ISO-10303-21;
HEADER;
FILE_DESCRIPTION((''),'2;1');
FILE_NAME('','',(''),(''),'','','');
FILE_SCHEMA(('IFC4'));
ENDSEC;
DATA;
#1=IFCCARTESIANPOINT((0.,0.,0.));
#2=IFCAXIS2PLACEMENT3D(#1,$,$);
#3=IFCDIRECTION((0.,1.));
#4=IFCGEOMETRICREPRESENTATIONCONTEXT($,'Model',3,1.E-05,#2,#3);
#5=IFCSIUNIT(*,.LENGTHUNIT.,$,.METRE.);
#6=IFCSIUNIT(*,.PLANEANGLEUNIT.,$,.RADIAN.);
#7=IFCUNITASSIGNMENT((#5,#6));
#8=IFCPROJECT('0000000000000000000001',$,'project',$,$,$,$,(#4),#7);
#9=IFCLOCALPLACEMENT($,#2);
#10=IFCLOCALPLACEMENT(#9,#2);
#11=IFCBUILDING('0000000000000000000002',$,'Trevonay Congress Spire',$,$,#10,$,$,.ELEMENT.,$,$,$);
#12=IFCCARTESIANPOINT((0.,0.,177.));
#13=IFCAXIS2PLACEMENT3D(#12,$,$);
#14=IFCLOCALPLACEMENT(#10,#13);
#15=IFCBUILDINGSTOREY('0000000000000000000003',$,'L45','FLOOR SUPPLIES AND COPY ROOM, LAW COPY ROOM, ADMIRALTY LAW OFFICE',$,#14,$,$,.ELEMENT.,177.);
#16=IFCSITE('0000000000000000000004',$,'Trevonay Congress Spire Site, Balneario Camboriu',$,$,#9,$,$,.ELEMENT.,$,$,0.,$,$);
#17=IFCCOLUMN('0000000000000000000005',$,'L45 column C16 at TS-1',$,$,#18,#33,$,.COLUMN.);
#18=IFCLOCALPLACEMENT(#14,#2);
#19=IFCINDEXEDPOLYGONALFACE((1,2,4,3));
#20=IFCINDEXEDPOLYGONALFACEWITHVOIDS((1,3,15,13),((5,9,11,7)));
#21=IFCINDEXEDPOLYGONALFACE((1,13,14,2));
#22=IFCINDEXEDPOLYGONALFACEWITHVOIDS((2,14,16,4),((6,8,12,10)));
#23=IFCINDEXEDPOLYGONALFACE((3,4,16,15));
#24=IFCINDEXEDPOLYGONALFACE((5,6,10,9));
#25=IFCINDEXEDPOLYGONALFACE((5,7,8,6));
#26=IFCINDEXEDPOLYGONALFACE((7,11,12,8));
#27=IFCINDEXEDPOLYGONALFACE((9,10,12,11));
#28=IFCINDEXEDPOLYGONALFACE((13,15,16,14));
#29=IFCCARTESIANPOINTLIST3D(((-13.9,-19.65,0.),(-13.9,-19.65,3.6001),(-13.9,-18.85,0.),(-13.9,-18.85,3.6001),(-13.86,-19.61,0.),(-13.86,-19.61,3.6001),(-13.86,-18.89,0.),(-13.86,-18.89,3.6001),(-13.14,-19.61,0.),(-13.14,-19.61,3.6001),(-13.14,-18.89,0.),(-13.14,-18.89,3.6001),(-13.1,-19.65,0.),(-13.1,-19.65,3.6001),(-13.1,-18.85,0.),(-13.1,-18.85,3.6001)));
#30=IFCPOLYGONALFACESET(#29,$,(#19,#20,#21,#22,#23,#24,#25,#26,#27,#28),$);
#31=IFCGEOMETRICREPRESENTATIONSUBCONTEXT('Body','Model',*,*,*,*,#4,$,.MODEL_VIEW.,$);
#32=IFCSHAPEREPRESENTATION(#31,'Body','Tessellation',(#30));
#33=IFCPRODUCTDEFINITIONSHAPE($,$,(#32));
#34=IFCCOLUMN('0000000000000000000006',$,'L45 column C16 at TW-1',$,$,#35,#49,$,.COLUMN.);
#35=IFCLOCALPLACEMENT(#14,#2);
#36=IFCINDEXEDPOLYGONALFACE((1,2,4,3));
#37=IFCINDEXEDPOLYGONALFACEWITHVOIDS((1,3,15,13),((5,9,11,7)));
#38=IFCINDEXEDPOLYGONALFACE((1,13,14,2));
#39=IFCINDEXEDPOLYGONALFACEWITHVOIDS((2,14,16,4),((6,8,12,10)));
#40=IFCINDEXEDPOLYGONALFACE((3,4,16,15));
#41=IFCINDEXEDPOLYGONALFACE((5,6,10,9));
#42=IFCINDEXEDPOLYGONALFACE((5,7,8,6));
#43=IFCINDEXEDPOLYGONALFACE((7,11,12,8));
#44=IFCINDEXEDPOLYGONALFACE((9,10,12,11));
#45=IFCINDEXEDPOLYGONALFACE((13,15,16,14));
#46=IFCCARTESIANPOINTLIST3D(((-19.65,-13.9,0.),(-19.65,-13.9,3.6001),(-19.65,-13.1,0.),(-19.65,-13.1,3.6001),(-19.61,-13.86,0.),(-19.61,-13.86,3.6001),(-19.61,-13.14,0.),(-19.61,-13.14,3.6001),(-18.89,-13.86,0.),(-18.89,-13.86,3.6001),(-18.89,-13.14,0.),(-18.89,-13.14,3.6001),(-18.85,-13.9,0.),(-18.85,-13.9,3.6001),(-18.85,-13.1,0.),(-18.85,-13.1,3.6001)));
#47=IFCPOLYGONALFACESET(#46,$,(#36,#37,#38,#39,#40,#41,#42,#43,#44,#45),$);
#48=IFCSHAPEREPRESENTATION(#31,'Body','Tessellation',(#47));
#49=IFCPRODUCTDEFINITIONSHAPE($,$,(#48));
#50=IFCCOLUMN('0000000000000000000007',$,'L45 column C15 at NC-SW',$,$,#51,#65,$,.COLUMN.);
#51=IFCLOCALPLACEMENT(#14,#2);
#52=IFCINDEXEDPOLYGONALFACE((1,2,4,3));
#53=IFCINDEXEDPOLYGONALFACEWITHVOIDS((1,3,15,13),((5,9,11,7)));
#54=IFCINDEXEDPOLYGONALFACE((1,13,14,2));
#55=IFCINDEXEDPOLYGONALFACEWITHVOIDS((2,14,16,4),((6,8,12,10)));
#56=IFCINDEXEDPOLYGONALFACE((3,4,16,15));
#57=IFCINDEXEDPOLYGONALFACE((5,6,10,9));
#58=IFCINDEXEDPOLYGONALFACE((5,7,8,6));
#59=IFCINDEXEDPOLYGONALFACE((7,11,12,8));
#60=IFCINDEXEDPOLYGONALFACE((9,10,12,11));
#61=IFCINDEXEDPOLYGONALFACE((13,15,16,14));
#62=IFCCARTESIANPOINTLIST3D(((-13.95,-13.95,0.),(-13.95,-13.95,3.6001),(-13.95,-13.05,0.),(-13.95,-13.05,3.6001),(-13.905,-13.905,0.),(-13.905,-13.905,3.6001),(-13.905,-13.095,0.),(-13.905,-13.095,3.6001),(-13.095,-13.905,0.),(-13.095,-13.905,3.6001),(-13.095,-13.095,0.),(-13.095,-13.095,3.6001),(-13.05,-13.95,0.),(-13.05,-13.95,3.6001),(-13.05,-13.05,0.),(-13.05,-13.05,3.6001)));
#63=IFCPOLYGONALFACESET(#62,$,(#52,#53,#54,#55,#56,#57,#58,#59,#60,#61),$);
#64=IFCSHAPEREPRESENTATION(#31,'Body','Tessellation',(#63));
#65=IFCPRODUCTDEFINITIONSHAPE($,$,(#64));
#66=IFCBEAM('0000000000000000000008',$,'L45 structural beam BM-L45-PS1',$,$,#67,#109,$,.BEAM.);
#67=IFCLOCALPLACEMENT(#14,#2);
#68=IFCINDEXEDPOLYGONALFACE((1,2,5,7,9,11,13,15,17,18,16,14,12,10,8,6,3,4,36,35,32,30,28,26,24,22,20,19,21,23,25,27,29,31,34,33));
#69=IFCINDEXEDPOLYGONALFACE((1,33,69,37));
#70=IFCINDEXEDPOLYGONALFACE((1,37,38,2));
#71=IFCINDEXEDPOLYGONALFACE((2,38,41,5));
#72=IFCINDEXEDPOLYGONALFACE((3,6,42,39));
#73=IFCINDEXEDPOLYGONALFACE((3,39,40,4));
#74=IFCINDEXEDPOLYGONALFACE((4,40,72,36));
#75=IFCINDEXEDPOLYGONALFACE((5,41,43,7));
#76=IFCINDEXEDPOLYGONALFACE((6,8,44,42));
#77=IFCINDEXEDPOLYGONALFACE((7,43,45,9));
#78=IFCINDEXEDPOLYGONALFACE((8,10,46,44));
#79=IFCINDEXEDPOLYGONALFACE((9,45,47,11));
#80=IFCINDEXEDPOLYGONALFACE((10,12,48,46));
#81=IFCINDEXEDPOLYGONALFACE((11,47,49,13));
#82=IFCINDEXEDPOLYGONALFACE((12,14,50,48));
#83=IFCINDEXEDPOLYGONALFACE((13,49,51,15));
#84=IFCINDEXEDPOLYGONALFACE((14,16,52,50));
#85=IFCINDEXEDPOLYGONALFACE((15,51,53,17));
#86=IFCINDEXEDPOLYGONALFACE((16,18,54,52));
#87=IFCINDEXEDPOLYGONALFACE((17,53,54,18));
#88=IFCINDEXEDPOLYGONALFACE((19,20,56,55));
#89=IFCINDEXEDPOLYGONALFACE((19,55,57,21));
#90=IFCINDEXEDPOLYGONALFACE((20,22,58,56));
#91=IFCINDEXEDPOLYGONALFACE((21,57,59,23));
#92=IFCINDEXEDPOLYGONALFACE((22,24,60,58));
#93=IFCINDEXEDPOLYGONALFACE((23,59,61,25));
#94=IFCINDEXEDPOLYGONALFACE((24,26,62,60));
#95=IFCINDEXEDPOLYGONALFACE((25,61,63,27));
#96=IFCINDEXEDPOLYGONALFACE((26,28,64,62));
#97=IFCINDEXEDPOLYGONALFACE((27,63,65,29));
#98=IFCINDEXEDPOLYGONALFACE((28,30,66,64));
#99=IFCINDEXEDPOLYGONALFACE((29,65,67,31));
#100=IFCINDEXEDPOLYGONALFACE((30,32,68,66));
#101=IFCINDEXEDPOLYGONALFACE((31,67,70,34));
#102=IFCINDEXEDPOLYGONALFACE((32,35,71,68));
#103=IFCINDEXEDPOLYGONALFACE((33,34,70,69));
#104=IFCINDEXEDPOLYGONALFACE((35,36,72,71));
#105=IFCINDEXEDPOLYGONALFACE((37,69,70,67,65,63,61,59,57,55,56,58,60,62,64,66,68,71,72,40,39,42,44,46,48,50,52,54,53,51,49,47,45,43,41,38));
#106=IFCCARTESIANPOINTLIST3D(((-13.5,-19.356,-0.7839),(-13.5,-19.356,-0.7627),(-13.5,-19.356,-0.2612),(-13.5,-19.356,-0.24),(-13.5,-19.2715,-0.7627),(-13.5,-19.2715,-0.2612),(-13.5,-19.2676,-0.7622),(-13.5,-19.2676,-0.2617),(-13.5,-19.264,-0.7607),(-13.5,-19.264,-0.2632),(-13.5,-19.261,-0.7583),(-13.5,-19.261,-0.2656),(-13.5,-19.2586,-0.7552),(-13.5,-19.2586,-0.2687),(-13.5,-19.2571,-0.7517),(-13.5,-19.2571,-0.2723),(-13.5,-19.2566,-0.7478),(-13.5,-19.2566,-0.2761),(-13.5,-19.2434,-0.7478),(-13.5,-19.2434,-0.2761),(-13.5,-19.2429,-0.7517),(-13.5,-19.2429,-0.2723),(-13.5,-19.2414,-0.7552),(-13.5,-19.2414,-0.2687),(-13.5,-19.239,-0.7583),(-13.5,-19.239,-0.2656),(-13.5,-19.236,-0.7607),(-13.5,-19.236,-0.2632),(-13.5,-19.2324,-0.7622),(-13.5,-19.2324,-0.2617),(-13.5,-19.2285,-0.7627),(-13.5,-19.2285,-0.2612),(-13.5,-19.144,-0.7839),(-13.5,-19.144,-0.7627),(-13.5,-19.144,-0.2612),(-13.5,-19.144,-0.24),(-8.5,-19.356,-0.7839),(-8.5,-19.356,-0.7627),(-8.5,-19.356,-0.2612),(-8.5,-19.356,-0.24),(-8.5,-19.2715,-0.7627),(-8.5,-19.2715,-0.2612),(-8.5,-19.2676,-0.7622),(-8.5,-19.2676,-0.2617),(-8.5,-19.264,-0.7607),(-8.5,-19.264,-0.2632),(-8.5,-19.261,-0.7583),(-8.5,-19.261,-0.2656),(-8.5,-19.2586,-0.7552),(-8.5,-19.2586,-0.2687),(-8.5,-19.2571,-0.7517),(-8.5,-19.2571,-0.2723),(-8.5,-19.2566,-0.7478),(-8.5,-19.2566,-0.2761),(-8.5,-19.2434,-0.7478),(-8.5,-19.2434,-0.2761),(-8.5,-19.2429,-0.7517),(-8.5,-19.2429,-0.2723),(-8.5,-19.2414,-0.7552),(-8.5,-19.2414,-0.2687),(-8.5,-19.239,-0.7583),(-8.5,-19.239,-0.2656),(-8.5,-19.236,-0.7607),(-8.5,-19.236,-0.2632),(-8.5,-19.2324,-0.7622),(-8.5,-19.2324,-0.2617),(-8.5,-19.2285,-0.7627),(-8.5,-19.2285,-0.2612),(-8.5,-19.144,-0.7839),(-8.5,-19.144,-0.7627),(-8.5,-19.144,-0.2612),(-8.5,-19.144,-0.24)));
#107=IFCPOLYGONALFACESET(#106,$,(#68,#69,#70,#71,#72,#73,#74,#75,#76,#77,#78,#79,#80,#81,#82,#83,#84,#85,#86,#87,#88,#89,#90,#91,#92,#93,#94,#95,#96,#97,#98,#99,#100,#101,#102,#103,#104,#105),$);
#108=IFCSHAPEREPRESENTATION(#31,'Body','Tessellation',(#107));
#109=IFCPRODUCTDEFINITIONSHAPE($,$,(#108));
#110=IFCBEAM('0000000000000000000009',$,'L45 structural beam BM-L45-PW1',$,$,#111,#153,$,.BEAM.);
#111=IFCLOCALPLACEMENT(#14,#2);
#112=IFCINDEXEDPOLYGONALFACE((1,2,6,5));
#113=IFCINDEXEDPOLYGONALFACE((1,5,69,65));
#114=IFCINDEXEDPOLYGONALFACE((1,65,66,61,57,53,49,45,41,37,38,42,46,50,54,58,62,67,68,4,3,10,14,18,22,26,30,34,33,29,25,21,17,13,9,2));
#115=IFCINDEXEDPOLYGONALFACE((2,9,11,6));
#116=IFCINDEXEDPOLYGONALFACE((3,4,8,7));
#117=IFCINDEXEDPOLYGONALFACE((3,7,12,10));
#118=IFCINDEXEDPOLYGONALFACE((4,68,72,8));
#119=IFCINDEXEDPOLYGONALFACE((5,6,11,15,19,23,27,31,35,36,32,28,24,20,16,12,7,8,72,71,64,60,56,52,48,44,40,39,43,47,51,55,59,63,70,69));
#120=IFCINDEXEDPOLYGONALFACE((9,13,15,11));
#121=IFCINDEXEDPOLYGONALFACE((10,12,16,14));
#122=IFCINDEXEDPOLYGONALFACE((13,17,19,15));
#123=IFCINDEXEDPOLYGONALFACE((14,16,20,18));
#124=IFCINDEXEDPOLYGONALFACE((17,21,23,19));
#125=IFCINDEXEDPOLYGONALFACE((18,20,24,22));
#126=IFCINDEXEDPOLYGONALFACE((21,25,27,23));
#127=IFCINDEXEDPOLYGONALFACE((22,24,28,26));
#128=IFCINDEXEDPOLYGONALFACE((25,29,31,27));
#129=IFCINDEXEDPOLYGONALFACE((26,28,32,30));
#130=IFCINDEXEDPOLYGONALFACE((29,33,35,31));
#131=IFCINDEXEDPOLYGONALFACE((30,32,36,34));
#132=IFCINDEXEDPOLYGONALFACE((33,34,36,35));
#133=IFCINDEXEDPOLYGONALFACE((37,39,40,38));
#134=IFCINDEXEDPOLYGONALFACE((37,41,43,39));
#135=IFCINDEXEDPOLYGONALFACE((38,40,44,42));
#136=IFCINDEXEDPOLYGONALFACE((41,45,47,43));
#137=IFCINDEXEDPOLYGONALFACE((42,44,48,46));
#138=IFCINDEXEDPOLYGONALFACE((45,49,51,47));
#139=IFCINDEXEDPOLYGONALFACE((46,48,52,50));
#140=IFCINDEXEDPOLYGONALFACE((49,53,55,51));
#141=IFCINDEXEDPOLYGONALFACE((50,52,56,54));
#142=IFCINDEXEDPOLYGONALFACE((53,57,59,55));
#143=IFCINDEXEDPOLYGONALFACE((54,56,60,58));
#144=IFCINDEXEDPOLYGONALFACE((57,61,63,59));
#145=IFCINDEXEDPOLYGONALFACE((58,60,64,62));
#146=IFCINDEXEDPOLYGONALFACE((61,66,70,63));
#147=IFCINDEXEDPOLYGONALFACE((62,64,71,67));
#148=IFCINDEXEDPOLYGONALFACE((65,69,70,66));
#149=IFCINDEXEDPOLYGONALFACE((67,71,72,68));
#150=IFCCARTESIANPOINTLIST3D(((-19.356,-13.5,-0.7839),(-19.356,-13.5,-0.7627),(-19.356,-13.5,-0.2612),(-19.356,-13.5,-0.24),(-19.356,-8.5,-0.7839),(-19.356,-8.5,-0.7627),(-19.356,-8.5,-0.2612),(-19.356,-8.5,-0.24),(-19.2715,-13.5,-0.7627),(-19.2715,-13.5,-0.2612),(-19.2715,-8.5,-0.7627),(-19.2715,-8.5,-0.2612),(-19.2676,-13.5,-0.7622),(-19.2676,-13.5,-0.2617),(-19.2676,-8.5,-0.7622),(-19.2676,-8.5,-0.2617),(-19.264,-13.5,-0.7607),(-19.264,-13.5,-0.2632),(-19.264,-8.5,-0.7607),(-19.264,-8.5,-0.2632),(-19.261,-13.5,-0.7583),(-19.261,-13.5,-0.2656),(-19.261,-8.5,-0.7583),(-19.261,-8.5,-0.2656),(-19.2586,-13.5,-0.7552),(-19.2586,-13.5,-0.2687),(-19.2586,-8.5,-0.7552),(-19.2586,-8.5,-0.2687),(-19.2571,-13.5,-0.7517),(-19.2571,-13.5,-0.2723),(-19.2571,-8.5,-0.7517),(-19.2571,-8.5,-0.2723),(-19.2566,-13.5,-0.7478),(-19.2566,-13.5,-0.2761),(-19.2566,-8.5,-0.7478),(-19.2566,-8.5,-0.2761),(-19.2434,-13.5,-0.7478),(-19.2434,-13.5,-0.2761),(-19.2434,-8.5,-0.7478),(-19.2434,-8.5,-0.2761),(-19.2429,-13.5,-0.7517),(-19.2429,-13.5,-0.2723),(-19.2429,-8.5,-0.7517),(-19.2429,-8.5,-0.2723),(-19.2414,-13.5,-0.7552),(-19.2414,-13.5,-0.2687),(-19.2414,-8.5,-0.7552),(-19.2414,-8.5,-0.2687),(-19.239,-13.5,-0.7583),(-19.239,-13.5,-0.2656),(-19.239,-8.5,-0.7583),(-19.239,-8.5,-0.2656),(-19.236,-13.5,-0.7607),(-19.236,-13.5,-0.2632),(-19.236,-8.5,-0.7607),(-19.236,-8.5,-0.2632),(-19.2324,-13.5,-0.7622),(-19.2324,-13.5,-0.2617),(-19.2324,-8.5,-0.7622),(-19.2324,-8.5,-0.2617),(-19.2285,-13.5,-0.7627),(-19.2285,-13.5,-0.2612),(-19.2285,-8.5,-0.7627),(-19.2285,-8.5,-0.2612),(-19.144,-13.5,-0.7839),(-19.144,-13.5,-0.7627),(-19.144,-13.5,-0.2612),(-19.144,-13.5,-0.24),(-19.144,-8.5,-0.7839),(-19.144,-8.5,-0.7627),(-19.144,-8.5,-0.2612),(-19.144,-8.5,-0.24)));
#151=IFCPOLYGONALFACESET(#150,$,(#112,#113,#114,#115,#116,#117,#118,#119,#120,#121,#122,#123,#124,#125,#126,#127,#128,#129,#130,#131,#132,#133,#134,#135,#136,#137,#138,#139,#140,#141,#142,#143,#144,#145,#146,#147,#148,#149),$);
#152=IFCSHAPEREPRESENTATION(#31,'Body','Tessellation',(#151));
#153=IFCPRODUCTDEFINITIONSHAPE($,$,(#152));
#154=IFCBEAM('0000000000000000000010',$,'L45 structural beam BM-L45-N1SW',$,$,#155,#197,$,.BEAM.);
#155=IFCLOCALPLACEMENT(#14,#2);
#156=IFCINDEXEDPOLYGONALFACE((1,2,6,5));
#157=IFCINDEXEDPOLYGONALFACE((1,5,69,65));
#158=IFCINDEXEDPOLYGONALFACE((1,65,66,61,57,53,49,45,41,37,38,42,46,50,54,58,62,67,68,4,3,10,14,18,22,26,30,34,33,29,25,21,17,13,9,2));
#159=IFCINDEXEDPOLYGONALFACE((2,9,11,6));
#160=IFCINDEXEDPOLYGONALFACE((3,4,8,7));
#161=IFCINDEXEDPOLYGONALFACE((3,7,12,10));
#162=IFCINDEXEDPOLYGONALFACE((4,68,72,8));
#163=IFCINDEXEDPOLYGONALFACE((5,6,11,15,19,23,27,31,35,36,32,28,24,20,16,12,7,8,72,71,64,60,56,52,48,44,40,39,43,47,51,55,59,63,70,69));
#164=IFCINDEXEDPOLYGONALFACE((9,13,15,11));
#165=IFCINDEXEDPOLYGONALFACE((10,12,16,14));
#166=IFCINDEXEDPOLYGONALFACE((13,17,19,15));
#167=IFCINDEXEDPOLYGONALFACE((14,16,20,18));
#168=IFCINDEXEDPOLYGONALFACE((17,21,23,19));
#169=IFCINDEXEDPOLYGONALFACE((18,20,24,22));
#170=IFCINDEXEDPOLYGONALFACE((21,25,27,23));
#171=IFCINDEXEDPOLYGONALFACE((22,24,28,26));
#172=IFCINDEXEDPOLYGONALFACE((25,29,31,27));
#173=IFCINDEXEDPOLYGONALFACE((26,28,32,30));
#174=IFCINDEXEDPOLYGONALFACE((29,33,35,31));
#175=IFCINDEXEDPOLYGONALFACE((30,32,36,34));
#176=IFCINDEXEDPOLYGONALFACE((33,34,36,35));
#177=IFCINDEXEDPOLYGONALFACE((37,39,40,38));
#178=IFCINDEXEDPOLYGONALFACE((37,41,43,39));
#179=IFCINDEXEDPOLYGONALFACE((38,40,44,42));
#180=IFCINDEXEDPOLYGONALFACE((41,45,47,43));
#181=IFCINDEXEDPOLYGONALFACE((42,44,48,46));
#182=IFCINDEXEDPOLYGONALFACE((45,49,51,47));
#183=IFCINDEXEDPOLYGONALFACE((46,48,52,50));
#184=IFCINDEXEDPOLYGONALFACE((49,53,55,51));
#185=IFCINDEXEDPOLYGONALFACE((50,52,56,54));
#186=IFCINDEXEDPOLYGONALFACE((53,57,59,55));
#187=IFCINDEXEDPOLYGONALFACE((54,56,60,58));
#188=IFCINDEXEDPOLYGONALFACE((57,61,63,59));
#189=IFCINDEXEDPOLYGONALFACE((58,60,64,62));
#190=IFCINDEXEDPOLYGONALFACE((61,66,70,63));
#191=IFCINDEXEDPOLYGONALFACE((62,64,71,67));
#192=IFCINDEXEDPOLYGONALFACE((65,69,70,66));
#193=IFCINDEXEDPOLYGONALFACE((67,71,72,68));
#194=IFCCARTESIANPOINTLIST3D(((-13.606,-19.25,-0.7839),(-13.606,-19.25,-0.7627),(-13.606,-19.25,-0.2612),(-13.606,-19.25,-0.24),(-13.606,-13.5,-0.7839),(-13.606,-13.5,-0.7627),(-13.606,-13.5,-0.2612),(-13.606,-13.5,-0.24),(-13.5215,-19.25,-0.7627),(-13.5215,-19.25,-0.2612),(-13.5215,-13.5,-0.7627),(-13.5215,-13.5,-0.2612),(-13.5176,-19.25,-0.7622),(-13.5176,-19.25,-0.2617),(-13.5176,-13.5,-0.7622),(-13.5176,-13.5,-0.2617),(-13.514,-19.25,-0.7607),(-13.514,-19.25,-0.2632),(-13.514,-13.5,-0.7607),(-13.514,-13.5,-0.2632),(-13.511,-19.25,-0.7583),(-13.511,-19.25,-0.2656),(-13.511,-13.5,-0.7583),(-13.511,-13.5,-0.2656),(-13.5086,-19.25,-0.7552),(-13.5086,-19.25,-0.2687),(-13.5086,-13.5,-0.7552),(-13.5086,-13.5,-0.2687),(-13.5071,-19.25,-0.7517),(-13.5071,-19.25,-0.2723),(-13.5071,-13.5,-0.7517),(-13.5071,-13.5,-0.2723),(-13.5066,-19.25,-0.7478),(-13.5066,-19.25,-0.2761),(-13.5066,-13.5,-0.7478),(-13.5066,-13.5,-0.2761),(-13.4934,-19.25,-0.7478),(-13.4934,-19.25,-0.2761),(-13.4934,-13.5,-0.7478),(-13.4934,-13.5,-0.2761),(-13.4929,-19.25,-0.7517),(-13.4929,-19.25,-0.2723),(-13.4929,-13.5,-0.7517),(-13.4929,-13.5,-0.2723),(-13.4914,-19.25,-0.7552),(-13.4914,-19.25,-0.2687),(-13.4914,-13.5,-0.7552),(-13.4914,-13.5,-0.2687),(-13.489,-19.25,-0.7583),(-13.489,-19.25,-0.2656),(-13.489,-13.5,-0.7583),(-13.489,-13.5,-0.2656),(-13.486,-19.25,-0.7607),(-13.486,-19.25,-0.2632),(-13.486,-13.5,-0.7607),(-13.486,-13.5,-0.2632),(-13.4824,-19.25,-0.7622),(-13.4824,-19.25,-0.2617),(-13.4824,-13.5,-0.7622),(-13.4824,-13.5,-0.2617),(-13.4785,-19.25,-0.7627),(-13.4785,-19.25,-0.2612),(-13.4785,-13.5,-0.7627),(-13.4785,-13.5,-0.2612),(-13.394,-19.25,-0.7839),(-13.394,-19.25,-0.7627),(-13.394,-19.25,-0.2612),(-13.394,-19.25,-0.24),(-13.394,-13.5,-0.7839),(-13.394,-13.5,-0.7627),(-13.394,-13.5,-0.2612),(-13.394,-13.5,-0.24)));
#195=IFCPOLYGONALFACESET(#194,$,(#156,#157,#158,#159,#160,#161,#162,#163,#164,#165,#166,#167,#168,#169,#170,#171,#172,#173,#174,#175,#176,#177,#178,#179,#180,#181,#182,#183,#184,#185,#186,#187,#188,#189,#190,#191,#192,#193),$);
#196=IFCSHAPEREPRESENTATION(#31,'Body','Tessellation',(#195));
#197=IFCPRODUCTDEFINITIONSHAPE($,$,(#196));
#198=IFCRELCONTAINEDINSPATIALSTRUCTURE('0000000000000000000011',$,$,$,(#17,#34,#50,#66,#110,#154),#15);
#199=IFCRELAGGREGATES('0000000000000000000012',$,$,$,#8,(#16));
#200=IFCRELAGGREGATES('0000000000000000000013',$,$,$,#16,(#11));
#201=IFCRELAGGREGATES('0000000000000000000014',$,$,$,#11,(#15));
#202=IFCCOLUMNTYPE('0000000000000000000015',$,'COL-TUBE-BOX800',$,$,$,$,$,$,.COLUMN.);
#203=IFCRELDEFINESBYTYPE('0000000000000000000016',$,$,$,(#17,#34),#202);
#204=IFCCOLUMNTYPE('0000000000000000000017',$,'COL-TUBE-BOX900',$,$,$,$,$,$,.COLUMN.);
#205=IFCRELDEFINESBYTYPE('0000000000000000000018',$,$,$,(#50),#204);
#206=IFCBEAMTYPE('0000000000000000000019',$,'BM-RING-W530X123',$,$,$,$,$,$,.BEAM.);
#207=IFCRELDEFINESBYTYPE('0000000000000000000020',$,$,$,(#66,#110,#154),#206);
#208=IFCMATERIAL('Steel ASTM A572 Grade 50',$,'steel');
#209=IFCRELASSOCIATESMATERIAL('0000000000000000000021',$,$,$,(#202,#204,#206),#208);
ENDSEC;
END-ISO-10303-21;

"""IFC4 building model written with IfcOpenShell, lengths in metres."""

from ifc_helpers import new_model, si_unit, direction, frame, origin, origin_2d, place, context, subcontext, project, spatial, hollow_rectangle, i_section, extrude, material, material_profile, profile_set, type_object, element, save


model = new_model("IFC4")

# Units and contexts
model_context = context("Model", 3, precision=1e-05, world=origin(), true_north=direction((0.0, 1.0)))
body_context = subcontext(model_context, "Body", "Model", "MODEL_VIEW")
ifc_project = project(units=[si_unit("LENGTHUNIT", "METRE"), si_unit("PLANEANGLEUNIT", "RADIAN")], contexts=[model_context])

# Site, building, storey
site_placement = place(None, origin())
site = spatial("IfcSite", under=ifc_project, at=site_placement, Name="Trevonay Congress Spire Site, Balneario Camboriu", CompositionType="ELEMENT", RefElevation=0.0)
building_placement = place(site_placement, origin())
building = spatial("IfcBuilding", under=site, at=building_placement, Name="Trevonay Congress Spire", CompositionType="ELEMENT")
storey_placement = place(building_placement, frame((0.0, 0.0, 177.0)))
storey = spatial("IfcBuildingStorey", under=building, at=storey_placement, Name="L45", Description="FLOOR SUPPLIES AND COPY ROOM, LAW COPY ROOM, ADMIRALTY LAW OFFICE", CompositionType="ELEMENT", Elevation=177.0)

# Columns
ifc_material_1 = material(Name="Steel ASTM A572 Grade 50", Category="steel")
ifc_material_profile_1 = material_profile(ifc_material_1, hollow_rectangle(XDim=0.8, YDim=0.8, WallThickness=0.04, at=origin_2d()), Name="BOX 800x800x40")
ifc_profile_set_1 = profile_set([ifc_material_profile_1], Name="Steel ASTM A572 Grade 50")
column_type_1 = type_object("IfcColumnType", Name="COL-TUBE-BOX800", PredefinedType="COLUMN", material=ifc_profile_set_1)
for number, where, z_axis, x_axis, name in (
    (1, (-13.5, -19.25, 0.0), (0.0, 0.0, 1.0), (1.0, 0.0, 0.0), "L45 column C16 at TS-1"),
    (2, (-19.25, -13.5, 0.0), (0.0, 0.0, 1.0), (1.0, 0.0, 0.0), "L45 column C16 at TW-1"),
):
    element("IfcColumn", number, at=place(storey_placement, frame(where, z_axis=z_axis, x_axis=x_axis)), inside=storey, type_object=column_type_1, Name=name, PredefinedType="COLUMN", context=body_context, shape_type="SweptSolid", body=[
        extrude(hollow_rectangle(XDim=0.8, YDim=0.8, WallThickness=0.04, at=origin_2d()), origin(), (0.0, 0.0, 1.0), 3.6001),
    ])
ifc_material_profile_2 = material_profile(ifc_material_1, hollow_rectangle(XDim=0.8999, YDim=0.8999, WallThickness=0.0449, at=origin_2d()), Name="BOX 900x900x45")
ifc_profile_set_2 = profile_set([ifc_material_profile_2], Name="Steel ASTM A572 Grade 50")
column_type_2 = type_object("IfcColumnType", Name="COL-TUBE-BOX900", PredefinedType="COLUMN", material=ifc_profile_set_2)
column_placement = place(storey_placement, frame((-13.5, -13.5, 0.0), z_axis=(0.0, 0.0, 1.0), x_axis=(1.0, 0.0, 0.0)))
element("IfcColumn", 3, at=column_placement, inside=storey, type_object=column_type_2, Name="L45 column C15 at NC-SW", PredefinedType="COLUMN", context=body_context, shape_type="SweptSolid", body=[
    extrude(hollow_rectangle(XDim=0.8999, YDim=0.8999, WallThickness=0.0449, at=origin_2d()), origin(), (0.0, 0.0, 1.0), 3.6001),
])

# Beams
ifc_material_profile_3 = material_profile(ifc_material_1, i_section(OverallWidth=0.2119, OverallDepth=0.5439, WebThickness=0.0132, FlangeThickness=0.0212, FilletRadius=0.0149, at=origin_2d()), Name="W530x123")
ifc_profile_set_3 = profile_set([ifc_material_profile_3], Name="Steel ASTM A572 Grade 50")
beam_type_1 = type_object("IfcBeamType", Name="BM-RING-W530X123", PredefinedType="BEAM", material=ifc_profile_set_3)
for number, where, z_axis, x_axis, name in (
    (4, (-13.5, -19.25, -0.512), (1.0, 0.0, 0.0), (0.0, 1.0, 0.0), "L45 structural beam BM-L45-PS1"),
    (5, (-19.25, -13.5, -0.512), (0.0, 1.0, 0.0), (-1.0, 0.0, 0.0), "L45 structural beam BM-L45-PW1"),
):
    element("IfcBeam", number, at=place(storey_placement, frame(where, z_axis=z_axis, x_axis=x_axis)), inside=storey, type_object=beam_type_1, Name=name, PredefinedType="BEAM", context=body_context, shape_type="SweptSolid", body=[
        extrude(i_section(OverallWidth=0.2119, OverallDepth=0.5439, WebThickness=0.0132, FlangeThickness=0.0212, FilletRadius=0.0149, at=origin_2d()), origin(), (0.0, 0.0, 1.0), 5.0),
    ])
for number, where, z_axis, x_axis, name in (
    (6, (-13.5, -19.25, -0.512), (0.0, 1.0, 0.0), (-1.0, 0.0, 0.0), "L45 structural beam BM-L45-N1SW"),
):
    element("IfcBeam", number, at=place(storey_placement, frame(where, z_axis=z_axis, x_axis=x_axis)), inside=storey, type_object=beam_type_1, Name=name, PredefinedType="BEAM", context=body_context, shape_type="SweptSolid", body=[
        extrude(i_section(OverallWidth=0.2119, OverallDepth=0.5439, WebThickness=0.0132, FlangeThickness=0.0212, FilletRadius=0.0149, at=origin_2d()), origin(), (0.0, 0.0, 1.0), 5.75),
    ])

save(model, "model.ifc")
